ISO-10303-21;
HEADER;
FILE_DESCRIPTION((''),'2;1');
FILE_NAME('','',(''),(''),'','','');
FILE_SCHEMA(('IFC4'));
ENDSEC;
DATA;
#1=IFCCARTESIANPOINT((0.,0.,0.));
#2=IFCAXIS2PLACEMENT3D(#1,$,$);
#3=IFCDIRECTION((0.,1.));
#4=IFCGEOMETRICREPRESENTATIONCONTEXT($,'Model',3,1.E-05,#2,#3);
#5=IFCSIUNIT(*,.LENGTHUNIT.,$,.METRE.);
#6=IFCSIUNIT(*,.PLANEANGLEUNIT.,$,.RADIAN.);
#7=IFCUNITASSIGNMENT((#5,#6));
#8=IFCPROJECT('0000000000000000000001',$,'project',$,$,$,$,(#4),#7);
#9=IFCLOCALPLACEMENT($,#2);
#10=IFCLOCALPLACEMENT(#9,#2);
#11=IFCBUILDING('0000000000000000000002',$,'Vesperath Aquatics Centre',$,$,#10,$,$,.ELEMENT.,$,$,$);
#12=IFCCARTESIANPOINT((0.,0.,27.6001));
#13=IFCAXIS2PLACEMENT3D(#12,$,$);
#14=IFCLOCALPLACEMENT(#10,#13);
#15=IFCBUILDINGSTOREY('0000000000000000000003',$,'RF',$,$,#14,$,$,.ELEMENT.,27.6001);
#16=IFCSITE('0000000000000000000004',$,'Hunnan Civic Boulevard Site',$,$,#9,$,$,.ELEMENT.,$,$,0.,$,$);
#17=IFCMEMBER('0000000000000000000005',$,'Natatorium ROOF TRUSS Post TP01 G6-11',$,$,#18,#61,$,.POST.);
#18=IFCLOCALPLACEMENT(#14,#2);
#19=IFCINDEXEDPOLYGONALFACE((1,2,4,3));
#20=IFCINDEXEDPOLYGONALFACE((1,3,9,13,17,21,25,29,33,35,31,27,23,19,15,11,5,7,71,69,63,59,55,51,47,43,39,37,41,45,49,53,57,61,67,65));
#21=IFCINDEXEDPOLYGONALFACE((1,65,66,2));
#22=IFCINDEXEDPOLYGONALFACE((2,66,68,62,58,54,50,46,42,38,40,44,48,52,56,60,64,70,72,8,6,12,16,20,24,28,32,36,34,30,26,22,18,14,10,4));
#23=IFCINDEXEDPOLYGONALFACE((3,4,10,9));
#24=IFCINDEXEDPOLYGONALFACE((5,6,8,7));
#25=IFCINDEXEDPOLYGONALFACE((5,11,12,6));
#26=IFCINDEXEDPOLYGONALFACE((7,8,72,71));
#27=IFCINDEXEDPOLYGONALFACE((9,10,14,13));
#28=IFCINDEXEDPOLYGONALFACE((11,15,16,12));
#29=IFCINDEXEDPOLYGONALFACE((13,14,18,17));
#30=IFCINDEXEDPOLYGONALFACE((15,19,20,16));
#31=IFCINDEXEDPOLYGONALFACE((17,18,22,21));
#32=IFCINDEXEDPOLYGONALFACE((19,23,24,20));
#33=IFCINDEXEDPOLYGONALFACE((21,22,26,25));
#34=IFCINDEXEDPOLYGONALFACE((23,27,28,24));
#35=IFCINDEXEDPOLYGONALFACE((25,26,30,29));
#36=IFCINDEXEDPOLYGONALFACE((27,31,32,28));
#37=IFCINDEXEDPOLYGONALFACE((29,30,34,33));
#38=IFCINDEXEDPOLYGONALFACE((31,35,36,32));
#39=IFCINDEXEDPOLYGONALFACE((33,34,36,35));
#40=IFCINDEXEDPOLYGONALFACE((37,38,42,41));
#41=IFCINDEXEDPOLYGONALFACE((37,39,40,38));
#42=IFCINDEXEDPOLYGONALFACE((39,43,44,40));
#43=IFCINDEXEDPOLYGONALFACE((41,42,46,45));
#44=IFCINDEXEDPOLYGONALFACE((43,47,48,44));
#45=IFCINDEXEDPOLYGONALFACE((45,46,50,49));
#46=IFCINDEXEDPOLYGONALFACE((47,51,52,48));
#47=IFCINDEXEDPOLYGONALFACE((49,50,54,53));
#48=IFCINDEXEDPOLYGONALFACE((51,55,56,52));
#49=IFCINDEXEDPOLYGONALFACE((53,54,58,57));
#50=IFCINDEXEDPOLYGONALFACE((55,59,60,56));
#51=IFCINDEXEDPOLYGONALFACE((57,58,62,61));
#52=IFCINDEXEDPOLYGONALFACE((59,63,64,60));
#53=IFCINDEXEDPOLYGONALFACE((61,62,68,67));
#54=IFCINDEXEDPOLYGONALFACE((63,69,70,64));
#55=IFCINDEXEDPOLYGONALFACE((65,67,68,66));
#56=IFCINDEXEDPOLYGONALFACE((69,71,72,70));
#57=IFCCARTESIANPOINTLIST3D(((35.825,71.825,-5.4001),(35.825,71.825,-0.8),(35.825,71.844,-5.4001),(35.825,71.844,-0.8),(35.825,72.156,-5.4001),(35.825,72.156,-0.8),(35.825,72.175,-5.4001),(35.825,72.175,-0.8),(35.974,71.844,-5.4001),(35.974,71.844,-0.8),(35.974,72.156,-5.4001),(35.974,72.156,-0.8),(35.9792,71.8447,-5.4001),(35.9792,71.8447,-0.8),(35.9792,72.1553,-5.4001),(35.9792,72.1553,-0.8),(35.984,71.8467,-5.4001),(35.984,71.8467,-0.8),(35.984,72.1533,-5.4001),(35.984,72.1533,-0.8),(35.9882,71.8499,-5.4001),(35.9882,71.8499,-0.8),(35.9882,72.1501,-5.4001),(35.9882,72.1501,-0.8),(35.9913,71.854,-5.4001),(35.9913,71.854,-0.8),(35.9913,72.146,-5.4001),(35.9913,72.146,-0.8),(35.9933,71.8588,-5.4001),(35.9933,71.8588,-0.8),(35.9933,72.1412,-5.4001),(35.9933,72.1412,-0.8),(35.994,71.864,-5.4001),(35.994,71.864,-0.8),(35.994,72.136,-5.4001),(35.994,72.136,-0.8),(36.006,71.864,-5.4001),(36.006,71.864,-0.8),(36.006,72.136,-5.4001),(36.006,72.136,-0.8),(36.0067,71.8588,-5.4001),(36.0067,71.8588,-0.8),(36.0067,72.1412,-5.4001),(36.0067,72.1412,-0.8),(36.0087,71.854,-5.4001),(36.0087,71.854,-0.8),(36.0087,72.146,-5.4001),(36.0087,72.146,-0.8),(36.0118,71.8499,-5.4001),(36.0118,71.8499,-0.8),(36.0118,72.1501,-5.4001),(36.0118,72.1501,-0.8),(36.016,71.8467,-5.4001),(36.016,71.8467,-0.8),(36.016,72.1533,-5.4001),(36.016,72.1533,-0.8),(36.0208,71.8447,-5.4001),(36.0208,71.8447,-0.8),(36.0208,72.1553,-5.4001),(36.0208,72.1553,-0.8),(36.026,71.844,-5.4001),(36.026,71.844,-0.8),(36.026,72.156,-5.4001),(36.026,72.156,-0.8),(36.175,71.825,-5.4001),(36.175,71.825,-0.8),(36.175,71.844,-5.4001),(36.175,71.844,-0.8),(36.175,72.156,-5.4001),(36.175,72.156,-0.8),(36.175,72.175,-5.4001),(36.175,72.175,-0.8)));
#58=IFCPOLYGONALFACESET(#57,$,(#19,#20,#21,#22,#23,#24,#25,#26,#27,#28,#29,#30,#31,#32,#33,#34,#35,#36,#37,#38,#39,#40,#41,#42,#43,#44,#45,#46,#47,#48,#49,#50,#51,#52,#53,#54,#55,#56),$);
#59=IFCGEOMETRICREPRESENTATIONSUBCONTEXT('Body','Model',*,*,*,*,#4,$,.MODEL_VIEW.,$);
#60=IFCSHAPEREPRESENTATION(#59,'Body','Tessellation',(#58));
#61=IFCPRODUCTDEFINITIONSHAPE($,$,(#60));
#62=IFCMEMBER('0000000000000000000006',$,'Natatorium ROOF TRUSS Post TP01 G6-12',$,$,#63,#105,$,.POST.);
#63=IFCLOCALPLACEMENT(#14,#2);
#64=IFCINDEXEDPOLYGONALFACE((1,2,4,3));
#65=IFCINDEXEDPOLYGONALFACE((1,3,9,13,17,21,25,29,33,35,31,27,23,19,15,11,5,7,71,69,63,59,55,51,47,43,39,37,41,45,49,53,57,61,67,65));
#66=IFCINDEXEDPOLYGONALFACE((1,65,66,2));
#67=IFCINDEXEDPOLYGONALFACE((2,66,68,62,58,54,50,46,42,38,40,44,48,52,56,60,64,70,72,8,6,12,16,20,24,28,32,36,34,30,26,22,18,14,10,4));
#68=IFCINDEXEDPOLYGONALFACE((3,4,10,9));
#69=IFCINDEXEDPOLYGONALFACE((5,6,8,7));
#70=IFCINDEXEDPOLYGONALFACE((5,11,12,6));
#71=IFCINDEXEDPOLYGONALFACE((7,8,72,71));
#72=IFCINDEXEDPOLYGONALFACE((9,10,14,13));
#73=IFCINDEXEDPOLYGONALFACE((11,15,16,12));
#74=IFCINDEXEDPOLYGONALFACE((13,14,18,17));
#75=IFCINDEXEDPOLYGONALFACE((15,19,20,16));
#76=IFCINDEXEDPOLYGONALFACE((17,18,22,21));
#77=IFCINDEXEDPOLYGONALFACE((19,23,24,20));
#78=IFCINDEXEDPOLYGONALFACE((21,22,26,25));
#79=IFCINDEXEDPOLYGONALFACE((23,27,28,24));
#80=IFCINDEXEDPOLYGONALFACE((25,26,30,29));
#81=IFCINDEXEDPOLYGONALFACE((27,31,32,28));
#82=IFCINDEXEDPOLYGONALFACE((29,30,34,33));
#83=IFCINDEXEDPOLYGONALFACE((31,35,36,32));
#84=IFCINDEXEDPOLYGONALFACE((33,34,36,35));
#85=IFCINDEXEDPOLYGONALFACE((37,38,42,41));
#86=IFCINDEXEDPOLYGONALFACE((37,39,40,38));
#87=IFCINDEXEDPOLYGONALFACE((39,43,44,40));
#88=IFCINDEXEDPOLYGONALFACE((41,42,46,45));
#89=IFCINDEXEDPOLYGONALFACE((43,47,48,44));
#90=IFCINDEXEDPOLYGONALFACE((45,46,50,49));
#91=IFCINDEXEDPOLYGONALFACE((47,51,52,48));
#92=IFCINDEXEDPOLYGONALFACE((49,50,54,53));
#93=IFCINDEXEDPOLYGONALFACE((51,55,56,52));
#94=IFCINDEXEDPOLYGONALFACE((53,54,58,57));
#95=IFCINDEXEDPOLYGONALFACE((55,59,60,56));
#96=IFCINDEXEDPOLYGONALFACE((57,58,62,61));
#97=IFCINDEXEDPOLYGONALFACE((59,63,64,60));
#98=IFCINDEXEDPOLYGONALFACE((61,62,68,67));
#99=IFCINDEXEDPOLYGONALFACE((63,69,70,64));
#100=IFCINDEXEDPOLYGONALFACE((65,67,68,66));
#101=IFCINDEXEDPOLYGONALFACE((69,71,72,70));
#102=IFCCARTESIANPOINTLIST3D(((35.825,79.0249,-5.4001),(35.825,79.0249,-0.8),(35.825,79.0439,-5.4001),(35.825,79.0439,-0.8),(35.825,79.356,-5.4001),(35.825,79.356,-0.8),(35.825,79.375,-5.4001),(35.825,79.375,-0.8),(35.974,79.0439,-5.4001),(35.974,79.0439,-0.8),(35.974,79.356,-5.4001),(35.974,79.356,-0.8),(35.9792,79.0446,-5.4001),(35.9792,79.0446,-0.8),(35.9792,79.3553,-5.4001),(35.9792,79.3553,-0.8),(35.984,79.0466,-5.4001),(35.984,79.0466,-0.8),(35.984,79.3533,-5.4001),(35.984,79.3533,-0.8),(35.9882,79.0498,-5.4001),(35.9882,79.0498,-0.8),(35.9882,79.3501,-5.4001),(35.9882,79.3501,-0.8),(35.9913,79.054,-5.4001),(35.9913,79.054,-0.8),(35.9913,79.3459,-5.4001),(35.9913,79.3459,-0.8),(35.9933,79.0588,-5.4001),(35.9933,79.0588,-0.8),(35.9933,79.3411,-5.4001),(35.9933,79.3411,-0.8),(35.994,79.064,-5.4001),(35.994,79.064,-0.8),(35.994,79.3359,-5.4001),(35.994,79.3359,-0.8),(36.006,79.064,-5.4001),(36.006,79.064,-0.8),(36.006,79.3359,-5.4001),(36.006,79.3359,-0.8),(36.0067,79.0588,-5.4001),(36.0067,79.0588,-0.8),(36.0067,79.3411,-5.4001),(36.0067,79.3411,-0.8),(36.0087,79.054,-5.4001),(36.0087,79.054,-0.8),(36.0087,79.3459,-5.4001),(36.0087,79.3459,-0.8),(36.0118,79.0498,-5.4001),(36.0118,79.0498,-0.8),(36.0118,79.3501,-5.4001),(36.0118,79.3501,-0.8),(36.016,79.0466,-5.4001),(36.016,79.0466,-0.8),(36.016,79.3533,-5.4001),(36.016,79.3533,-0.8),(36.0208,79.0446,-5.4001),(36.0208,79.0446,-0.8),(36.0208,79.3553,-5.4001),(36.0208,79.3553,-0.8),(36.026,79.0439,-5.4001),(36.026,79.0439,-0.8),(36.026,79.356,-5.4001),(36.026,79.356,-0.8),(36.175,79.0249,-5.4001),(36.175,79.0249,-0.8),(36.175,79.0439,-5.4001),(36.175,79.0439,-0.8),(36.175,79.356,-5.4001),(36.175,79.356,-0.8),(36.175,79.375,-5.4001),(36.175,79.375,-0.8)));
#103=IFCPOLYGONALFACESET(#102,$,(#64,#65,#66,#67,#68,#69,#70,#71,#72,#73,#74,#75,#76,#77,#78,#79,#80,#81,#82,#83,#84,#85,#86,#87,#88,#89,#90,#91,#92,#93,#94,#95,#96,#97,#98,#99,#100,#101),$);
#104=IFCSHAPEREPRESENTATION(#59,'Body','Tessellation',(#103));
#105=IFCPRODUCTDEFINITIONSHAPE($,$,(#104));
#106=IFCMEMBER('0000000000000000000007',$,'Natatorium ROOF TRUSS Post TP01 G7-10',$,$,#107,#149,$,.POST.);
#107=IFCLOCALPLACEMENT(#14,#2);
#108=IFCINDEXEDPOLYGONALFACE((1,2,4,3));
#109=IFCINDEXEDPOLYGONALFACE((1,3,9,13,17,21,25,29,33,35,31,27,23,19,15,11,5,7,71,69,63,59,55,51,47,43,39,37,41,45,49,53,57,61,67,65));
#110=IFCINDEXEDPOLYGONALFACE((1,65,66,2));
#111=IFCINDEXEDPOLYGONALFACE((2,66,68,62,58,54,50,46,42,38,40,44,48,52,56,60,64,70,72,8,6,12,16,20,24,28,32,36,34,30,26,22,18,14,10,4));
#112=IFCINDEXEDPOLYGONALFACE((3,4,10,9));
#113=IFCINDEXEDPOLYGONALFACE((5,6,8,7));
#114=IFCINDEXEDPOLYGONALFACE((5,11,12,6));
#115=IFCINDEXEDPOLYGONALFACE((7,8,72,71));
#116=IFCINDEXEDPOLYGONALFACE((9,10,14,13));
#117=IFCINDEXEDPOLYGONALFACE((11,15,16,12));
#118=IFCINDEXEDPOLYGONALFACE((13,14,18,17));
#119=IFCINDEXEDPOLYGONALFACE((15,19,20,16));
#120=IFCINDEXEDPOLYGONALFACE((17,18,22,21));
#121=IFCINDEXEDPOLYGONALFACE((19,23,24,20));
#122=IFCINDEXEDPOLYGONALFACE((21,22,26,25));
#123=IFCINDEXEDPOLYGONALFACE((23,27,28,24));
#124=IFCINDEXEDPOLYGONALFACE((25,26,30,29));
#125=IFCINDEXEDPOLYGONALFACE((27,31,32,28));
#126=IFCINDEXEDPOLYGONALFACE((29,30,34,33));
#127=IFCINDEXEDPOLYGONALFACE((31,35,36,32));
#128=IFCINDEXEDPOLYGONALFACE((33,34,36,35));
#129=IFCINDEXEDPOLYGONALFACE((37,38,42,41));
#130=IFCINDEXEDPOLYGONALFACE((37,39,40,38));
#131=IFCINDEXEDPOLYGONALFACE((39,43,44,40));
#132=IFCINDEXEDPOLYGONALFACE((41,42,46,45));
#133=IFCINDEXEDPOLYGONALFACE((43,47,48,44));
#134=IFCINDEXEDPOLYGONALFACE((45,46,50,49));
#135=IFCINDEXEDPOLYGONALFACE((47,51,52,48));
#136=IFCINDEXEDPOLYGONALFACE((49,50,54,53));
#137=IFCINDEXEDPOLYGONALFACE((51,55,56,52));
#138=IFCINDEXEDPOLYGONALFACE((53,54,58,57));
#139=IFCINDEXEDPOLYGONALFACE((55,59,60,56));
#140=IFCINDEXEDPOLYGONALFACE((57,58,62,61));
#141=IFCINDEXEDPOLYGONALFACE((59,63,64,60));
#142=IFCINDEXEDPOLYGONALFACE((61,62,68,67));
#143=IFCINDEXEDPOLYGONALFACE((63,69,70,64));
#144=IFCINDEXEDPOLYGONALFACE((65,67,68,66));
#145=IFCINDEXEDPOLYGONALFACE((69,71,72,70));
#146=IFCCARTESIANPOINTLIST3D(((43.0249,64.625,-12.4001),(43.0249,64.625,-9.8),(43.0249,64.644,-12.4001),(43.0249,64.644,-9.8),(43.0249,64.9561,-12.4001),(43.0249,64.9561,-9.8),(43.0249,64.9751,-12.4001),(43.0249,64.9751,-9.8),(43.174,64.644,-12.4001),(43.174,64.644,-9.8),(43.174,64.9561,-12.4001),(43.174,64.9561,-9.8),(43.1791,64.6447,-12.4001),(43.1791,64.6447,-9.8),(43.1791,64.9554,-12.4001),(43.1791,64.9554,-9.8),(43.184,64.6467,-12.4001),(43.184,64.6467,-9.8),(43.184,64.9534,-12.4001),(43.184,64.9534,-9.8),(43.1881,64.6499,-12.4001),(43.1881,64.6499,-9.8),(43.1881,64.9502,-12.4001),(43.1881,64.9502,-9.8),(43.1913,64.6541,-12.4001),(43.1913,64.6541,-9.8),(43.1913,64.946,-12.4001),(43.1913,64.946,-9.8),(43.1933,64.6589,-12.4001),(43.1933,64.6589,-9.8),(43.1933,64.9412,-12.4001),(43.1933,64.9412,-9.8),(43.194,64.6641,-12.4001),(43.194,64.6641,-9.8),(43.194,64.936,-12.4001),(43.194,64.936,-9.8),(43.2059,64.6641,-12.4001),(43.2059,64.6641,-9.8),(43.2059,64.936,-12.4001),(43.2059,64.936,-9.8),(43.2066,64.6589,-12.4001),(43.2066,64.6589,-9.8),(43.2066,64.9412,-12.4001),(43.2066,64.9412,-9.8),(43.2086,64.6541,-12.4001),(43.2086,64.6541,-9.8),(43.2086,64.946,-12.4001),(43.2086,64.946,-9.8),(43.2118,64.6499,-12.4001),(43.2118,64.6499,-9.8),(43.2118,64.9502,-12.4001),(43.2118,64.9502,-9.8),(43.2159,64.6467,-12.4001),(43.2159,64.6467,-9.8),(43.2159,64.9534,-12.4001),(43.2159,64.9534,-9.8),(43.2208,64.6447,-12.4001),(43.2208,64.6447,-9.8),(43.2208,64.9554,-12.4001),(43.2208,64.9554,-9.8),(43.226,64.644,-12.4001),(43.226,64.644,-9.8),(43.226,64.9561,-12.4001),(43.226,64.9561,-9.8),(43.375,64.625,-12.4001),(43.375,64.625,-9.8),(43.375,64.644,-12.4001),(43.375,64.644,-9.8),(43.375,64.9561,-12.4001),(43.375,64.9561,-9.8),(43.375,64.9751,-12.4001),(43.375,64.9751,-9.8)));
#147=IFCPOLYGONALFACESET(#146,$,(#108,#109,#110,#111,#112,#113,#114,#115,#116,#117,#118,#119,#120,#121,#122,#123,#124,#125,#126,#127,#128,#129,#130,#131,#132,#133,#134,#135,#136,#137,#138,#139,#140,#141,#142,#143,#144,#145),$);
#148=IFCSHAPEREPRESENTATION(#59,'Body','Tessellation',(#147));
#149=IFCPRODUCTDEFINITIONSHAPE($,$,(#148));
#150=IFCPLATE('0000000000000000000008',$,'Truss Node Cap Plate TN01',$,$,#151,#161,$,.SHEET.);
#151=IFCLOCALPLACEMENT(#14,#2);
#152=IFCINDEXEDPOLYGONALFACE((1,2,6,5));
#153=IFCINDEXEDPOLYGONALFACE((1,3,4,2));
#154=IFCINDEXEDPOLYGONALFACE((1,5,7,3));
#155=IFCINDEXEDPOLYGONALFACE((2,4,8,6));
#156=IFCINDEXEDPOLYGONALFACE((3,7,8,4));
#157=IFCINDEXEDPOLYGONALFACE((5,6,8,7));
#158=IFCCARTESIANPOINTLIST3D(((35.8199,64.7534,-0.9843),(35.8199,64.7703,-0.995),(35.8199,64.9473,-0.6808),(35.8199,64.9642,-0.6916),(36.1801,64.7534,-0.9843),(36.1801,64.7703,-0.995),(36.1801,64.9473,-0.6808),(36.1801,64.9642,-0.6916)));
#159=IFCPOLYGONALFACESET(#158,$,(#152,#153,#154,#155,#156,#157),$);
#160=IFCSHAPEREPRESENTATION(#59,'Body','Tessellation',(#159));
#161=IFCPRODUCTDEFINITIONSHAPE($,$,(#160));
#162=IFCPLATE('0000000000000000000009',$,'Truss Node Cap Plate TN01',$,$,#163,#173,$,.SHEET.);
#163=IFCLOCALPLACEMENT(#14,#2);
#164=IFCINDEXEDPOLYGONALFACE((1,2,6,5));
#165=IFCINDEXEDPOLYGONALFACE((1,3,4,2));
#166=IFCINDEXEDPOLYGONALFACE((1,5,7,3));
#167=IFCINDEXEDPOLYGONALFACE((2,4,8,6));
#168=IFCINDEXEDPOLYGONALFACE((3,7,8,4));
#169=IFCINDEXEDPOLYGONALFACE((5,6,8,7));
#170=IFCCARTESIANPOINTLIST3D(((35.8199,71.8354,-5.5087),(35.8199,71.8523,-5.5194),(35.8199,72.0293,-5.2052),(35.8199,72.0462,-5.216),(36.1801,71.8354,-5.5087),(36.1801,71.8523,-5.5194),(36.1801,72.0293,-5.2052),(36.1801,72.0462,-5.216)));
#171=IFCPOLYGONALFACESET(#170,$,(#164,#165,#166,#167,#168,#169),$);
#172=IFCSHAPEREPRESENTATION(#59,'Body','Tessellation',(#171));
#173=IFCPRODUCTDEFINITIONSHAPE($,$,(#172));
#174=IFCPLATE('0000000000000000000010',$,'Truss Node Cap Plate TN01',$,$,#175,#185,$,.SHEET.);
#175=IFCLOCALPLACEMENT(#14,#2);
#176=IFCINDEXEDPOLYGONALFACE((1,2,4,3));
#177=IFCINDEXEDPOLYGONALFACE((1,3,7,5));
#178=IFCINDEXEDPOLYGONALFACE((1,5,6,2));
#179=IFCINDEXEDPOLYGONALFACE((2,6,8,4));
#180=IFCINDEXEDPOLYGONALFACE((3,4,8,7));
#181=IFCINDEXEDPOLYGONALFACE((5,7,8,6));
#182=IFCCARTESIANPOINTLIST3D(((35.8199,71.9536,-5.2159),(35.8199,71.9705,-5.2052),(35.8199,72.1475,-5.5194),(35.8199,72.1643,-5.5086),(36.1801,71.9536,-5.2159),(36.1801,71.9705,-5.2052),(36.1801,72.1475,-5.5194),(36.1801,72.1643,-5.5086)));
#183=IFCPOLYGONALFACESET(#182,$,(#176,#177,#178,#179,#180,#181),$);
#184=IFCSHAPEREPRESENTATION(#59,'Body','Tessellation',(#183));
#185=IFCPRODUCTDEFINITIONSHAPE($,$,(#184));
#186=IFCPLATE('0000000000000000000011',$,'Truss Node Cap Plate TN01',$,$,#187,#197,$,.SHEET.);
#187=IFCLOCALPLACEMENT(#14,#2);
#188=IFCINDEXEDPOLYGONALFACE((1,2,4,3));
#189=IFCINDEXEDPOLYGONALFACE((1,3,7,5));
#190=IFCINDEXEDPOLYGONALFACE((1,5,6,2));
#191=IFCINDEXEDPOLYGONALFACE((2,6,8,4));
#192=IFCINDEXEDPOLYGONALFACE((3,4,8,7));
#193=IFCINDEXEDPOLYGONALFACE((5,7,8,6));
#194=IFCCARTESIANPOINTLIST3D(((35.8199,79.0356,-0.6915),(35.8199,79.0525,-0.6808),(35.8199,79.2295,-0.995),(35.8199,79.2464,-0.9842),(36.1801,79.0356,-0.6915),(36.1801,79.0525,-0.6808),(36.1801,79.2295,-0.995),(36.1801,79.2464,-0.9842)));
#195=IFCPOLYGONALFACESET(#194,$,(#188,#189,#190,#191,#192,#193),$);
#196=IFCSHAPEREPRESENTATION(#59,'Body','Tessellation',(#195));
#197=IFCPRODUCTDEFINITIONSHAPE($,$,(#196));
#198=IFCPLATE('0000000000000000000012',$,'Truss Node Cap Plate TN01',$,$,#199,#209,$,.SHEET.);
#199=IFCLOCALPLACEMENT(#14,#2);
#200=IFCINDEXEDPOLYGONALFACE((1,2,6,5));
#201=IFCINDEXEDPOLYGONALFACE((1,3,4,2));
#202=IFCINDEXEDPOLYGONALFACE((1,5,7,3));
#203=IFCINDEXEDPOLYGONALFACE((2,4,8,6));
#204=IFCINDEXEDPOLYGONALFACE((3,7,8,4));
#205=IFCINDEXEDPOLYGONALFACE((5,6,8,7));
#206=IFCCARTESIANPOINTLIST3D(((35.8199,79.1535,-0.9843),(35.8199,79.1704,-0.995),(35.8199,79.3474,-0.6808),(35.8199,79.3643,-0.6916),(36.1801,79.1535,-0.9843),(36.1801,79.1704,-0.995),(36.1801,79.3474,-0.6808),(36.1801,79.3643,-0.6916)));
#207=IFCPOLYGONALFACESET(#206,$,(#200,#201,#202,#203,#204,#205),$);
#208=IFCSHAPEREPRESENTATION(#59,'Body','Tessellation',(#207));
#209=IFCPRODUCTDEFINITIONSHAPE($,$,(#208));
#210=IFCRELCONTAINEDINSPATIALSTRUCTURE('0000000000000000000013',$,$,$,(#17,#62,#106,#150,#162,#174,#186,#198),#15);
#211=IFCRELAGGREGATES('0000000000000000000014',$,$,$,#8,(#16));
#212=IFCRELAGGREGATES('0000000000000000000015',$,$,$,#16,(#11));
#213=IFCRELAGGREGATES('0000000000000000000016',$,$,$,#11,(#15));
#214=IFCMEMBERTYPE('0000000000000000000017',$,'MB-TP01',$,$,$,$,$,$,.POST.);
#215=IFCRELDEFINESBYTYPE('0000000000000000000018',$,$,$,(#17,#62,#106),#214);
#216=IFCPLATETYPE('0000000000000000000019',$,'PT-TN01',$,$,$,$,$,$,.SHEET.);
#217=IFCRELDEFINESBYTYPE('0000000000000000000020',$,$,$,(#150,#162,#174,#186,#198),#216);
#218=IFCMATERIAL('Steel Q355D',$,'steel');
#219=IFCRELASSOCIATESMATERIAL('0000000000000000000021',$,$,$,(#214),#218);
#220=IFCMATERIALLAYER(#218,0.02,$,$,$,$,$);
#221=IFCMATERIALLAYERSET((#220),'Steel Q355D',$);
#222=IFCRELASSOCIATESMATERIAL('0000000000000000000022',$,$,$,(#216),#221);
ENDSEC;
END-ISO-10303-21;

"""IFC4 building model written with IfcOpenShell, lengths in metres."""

from ifc_helpers import new_model, si_unit, direction, frame, origin, origin_2d, place, context, subcontext, project, spatial, rectangle, i_section, extrude, material, layer, layer_set, material_profile, profile_set, type_object, element, save


model = new_model("IFC4")

# Units and contexts
model_context = context("Model", 3, precision=1e-05, world=origin(), true_north=direction((0.0, 1.0)))
body_context = subcontext(model_context, "Body", "Model", "MODEL_VIEW")
ifc_project = project(units=[si_unit("LENGTHUNIT", "METRE"), si_unit("PLANEANGLEUNIT", "RADIAN")], contexts=[model_context])

# Site, building, storey
site_placement = place(None, origin())
site = spatial("IfcSite", under=ifc_project, at=site_placement, Name="Hunnan Civic Boulevard Site", CompositionType="ELEMENT", RefElevation=0.0)
building_placement = place(site_placement, origin())
building = spatial("IfcBuilding", under=site, at=building_placement, Name="Vesperath Aquatics Centre", CompositionType="ELEMENT")
storey_placement = place(building_placement, frame((0.0, 0.0, 27.6001)))
storey = spatial("IfcBuildingStorey", under=building, at=storey_placement, Name="RF", CompositionType="ELEMENT", Elevation=27.6001)

# Members
ifc_material_1 = material(Name="Steel Q355D", Category="steel")
ifc_material_profile_1 = material_profile(ifc_material_1, i_section(OverallWidth=0.3501, OverallDepth=0.3501, WebThickness=0.012, FlangeThickness=0.019, FilletRadius=0.02, at=origin_2d()), Name="HW 350x350x12x19")
ifc_profile_set_1 = profile_set([ifc_material_profile_1], Name="Steel Q355D")
member_type_1 = type_object("IfcMemberType", Name="MB-TP01", PredefinedType="POST", material=ifc_profile_set_1)
for number, where, z_axis, x_axis, name in (
    (1, (36.0, 72.0, -5.4001), (0.0, 0.0, 1.0), (1.0, 0.0, 0.0), "Natatorium ROOF TRUSS Post TP01 G6-11"),
    (2, (36.0, 79.2, -5.4001), (0.0, 0.0, 1.0), (1.0, 0.0, 0.0), "Natatorium ROOF TRUSS Post TP01 G6-12"),
):
    element("IfcMember", number, at=place(storey_placement, frame(where, z_axis=z_axis, x_axis=x_axis)), inside=storey, type_object=member_type_1, Name=name, PredefinedType="POST", context=body_context, shape_type="SweptSolid", body=[
        extrude(i_section(OverallWidth=0.3501, OverallDepth=0.3501, WebThickness=0.012, FlangeThickness=0.019, FilletRadius=0.02, at=origin_2d()), origin(), (0.0, 0.0, 1.0), 4.6001),
    ])
member_1_placement = place(storey_placement, frame((43.2, 64.8, -12.4001), z_axis=(0.0, 0.0, 1.0), x_axis=(1.0, 0.0, 0.0)))
element("IfcMember", 3, at=member_1_placement, inside=storey, type_object=member_type_1, Name="Natatorium ROOF TRUSS Post TP01 G7-10", PredefinedType="POST", context=body_context, shape_type="SweptSolid", body=[
    extrude(i_section(OverallWidth=0.3501, OverallDepth=0.3501, WebThickness=0.012, FlangeThickness=0.019, FilletRadius=0.02, at=origin_2d()), origin(), (0.0, 0.0, 1.0), 2.6001),
])

# Plates
ifc_layer_1 = layer(ifc_material_1, 0.02)
ifc_layer_set_1 = layer_set([ifc_layer_1], Name="Steel Q355D")
plate_type = type_object("IfcPlateType", Name="PT-TN01", PredefinedType="SHEET", material=ifc_layer_set_1)
for number, where, z_axis, x_axis, name in (
    (4, (36.0, 64.8503, -0.8325), (0.0, 0.842696, -0.538389), (-1.0, 0.0, 0.0), "Truss Node Cap Plate TN01"),
    (5, (36.0, 71.9324, -5.3569), (0.0, 0.842696, -0.538389), (-1.0, 0.0, 0.0), "Truss Node Cap Plate TN01"),
    (6, (36.0, 72.0505, -5.3677), (0.0, 0.842696, 0.538389), (-1.0, 0.0, 0.0), "Truss Node Cap Plate TN01"),
    (7, (36.0, 79.1326, -0.8433), (0.0, 0.842696, 0.538389), (-1.0, 0.0, 0.0), "Truss Node Cap Plate TN01"),
    (8, (36.0, 79.2505, -0.8325), (0.0, 0.842696, -0.538389), (-1.0, 0.0, 0.0), "Truss Node Cap Plate TN01"),
):
    element("IfcPlate", number, at=place(storey_placement, frame(where, z_axis=z_axis, x_axis=x_axis)), inside=storey, type_object=plate_type, Name=name, PredefinedType="SHEET", context=body_context, shape_type="SweptSolid", body=[
        extrude(rectangle(XDim=0.3601, YDim=0.3601, at=origin_2d()), origin(), (0.0, 0.0, 1.0), 0.02),
    ])

save(model, "model.ifc")
